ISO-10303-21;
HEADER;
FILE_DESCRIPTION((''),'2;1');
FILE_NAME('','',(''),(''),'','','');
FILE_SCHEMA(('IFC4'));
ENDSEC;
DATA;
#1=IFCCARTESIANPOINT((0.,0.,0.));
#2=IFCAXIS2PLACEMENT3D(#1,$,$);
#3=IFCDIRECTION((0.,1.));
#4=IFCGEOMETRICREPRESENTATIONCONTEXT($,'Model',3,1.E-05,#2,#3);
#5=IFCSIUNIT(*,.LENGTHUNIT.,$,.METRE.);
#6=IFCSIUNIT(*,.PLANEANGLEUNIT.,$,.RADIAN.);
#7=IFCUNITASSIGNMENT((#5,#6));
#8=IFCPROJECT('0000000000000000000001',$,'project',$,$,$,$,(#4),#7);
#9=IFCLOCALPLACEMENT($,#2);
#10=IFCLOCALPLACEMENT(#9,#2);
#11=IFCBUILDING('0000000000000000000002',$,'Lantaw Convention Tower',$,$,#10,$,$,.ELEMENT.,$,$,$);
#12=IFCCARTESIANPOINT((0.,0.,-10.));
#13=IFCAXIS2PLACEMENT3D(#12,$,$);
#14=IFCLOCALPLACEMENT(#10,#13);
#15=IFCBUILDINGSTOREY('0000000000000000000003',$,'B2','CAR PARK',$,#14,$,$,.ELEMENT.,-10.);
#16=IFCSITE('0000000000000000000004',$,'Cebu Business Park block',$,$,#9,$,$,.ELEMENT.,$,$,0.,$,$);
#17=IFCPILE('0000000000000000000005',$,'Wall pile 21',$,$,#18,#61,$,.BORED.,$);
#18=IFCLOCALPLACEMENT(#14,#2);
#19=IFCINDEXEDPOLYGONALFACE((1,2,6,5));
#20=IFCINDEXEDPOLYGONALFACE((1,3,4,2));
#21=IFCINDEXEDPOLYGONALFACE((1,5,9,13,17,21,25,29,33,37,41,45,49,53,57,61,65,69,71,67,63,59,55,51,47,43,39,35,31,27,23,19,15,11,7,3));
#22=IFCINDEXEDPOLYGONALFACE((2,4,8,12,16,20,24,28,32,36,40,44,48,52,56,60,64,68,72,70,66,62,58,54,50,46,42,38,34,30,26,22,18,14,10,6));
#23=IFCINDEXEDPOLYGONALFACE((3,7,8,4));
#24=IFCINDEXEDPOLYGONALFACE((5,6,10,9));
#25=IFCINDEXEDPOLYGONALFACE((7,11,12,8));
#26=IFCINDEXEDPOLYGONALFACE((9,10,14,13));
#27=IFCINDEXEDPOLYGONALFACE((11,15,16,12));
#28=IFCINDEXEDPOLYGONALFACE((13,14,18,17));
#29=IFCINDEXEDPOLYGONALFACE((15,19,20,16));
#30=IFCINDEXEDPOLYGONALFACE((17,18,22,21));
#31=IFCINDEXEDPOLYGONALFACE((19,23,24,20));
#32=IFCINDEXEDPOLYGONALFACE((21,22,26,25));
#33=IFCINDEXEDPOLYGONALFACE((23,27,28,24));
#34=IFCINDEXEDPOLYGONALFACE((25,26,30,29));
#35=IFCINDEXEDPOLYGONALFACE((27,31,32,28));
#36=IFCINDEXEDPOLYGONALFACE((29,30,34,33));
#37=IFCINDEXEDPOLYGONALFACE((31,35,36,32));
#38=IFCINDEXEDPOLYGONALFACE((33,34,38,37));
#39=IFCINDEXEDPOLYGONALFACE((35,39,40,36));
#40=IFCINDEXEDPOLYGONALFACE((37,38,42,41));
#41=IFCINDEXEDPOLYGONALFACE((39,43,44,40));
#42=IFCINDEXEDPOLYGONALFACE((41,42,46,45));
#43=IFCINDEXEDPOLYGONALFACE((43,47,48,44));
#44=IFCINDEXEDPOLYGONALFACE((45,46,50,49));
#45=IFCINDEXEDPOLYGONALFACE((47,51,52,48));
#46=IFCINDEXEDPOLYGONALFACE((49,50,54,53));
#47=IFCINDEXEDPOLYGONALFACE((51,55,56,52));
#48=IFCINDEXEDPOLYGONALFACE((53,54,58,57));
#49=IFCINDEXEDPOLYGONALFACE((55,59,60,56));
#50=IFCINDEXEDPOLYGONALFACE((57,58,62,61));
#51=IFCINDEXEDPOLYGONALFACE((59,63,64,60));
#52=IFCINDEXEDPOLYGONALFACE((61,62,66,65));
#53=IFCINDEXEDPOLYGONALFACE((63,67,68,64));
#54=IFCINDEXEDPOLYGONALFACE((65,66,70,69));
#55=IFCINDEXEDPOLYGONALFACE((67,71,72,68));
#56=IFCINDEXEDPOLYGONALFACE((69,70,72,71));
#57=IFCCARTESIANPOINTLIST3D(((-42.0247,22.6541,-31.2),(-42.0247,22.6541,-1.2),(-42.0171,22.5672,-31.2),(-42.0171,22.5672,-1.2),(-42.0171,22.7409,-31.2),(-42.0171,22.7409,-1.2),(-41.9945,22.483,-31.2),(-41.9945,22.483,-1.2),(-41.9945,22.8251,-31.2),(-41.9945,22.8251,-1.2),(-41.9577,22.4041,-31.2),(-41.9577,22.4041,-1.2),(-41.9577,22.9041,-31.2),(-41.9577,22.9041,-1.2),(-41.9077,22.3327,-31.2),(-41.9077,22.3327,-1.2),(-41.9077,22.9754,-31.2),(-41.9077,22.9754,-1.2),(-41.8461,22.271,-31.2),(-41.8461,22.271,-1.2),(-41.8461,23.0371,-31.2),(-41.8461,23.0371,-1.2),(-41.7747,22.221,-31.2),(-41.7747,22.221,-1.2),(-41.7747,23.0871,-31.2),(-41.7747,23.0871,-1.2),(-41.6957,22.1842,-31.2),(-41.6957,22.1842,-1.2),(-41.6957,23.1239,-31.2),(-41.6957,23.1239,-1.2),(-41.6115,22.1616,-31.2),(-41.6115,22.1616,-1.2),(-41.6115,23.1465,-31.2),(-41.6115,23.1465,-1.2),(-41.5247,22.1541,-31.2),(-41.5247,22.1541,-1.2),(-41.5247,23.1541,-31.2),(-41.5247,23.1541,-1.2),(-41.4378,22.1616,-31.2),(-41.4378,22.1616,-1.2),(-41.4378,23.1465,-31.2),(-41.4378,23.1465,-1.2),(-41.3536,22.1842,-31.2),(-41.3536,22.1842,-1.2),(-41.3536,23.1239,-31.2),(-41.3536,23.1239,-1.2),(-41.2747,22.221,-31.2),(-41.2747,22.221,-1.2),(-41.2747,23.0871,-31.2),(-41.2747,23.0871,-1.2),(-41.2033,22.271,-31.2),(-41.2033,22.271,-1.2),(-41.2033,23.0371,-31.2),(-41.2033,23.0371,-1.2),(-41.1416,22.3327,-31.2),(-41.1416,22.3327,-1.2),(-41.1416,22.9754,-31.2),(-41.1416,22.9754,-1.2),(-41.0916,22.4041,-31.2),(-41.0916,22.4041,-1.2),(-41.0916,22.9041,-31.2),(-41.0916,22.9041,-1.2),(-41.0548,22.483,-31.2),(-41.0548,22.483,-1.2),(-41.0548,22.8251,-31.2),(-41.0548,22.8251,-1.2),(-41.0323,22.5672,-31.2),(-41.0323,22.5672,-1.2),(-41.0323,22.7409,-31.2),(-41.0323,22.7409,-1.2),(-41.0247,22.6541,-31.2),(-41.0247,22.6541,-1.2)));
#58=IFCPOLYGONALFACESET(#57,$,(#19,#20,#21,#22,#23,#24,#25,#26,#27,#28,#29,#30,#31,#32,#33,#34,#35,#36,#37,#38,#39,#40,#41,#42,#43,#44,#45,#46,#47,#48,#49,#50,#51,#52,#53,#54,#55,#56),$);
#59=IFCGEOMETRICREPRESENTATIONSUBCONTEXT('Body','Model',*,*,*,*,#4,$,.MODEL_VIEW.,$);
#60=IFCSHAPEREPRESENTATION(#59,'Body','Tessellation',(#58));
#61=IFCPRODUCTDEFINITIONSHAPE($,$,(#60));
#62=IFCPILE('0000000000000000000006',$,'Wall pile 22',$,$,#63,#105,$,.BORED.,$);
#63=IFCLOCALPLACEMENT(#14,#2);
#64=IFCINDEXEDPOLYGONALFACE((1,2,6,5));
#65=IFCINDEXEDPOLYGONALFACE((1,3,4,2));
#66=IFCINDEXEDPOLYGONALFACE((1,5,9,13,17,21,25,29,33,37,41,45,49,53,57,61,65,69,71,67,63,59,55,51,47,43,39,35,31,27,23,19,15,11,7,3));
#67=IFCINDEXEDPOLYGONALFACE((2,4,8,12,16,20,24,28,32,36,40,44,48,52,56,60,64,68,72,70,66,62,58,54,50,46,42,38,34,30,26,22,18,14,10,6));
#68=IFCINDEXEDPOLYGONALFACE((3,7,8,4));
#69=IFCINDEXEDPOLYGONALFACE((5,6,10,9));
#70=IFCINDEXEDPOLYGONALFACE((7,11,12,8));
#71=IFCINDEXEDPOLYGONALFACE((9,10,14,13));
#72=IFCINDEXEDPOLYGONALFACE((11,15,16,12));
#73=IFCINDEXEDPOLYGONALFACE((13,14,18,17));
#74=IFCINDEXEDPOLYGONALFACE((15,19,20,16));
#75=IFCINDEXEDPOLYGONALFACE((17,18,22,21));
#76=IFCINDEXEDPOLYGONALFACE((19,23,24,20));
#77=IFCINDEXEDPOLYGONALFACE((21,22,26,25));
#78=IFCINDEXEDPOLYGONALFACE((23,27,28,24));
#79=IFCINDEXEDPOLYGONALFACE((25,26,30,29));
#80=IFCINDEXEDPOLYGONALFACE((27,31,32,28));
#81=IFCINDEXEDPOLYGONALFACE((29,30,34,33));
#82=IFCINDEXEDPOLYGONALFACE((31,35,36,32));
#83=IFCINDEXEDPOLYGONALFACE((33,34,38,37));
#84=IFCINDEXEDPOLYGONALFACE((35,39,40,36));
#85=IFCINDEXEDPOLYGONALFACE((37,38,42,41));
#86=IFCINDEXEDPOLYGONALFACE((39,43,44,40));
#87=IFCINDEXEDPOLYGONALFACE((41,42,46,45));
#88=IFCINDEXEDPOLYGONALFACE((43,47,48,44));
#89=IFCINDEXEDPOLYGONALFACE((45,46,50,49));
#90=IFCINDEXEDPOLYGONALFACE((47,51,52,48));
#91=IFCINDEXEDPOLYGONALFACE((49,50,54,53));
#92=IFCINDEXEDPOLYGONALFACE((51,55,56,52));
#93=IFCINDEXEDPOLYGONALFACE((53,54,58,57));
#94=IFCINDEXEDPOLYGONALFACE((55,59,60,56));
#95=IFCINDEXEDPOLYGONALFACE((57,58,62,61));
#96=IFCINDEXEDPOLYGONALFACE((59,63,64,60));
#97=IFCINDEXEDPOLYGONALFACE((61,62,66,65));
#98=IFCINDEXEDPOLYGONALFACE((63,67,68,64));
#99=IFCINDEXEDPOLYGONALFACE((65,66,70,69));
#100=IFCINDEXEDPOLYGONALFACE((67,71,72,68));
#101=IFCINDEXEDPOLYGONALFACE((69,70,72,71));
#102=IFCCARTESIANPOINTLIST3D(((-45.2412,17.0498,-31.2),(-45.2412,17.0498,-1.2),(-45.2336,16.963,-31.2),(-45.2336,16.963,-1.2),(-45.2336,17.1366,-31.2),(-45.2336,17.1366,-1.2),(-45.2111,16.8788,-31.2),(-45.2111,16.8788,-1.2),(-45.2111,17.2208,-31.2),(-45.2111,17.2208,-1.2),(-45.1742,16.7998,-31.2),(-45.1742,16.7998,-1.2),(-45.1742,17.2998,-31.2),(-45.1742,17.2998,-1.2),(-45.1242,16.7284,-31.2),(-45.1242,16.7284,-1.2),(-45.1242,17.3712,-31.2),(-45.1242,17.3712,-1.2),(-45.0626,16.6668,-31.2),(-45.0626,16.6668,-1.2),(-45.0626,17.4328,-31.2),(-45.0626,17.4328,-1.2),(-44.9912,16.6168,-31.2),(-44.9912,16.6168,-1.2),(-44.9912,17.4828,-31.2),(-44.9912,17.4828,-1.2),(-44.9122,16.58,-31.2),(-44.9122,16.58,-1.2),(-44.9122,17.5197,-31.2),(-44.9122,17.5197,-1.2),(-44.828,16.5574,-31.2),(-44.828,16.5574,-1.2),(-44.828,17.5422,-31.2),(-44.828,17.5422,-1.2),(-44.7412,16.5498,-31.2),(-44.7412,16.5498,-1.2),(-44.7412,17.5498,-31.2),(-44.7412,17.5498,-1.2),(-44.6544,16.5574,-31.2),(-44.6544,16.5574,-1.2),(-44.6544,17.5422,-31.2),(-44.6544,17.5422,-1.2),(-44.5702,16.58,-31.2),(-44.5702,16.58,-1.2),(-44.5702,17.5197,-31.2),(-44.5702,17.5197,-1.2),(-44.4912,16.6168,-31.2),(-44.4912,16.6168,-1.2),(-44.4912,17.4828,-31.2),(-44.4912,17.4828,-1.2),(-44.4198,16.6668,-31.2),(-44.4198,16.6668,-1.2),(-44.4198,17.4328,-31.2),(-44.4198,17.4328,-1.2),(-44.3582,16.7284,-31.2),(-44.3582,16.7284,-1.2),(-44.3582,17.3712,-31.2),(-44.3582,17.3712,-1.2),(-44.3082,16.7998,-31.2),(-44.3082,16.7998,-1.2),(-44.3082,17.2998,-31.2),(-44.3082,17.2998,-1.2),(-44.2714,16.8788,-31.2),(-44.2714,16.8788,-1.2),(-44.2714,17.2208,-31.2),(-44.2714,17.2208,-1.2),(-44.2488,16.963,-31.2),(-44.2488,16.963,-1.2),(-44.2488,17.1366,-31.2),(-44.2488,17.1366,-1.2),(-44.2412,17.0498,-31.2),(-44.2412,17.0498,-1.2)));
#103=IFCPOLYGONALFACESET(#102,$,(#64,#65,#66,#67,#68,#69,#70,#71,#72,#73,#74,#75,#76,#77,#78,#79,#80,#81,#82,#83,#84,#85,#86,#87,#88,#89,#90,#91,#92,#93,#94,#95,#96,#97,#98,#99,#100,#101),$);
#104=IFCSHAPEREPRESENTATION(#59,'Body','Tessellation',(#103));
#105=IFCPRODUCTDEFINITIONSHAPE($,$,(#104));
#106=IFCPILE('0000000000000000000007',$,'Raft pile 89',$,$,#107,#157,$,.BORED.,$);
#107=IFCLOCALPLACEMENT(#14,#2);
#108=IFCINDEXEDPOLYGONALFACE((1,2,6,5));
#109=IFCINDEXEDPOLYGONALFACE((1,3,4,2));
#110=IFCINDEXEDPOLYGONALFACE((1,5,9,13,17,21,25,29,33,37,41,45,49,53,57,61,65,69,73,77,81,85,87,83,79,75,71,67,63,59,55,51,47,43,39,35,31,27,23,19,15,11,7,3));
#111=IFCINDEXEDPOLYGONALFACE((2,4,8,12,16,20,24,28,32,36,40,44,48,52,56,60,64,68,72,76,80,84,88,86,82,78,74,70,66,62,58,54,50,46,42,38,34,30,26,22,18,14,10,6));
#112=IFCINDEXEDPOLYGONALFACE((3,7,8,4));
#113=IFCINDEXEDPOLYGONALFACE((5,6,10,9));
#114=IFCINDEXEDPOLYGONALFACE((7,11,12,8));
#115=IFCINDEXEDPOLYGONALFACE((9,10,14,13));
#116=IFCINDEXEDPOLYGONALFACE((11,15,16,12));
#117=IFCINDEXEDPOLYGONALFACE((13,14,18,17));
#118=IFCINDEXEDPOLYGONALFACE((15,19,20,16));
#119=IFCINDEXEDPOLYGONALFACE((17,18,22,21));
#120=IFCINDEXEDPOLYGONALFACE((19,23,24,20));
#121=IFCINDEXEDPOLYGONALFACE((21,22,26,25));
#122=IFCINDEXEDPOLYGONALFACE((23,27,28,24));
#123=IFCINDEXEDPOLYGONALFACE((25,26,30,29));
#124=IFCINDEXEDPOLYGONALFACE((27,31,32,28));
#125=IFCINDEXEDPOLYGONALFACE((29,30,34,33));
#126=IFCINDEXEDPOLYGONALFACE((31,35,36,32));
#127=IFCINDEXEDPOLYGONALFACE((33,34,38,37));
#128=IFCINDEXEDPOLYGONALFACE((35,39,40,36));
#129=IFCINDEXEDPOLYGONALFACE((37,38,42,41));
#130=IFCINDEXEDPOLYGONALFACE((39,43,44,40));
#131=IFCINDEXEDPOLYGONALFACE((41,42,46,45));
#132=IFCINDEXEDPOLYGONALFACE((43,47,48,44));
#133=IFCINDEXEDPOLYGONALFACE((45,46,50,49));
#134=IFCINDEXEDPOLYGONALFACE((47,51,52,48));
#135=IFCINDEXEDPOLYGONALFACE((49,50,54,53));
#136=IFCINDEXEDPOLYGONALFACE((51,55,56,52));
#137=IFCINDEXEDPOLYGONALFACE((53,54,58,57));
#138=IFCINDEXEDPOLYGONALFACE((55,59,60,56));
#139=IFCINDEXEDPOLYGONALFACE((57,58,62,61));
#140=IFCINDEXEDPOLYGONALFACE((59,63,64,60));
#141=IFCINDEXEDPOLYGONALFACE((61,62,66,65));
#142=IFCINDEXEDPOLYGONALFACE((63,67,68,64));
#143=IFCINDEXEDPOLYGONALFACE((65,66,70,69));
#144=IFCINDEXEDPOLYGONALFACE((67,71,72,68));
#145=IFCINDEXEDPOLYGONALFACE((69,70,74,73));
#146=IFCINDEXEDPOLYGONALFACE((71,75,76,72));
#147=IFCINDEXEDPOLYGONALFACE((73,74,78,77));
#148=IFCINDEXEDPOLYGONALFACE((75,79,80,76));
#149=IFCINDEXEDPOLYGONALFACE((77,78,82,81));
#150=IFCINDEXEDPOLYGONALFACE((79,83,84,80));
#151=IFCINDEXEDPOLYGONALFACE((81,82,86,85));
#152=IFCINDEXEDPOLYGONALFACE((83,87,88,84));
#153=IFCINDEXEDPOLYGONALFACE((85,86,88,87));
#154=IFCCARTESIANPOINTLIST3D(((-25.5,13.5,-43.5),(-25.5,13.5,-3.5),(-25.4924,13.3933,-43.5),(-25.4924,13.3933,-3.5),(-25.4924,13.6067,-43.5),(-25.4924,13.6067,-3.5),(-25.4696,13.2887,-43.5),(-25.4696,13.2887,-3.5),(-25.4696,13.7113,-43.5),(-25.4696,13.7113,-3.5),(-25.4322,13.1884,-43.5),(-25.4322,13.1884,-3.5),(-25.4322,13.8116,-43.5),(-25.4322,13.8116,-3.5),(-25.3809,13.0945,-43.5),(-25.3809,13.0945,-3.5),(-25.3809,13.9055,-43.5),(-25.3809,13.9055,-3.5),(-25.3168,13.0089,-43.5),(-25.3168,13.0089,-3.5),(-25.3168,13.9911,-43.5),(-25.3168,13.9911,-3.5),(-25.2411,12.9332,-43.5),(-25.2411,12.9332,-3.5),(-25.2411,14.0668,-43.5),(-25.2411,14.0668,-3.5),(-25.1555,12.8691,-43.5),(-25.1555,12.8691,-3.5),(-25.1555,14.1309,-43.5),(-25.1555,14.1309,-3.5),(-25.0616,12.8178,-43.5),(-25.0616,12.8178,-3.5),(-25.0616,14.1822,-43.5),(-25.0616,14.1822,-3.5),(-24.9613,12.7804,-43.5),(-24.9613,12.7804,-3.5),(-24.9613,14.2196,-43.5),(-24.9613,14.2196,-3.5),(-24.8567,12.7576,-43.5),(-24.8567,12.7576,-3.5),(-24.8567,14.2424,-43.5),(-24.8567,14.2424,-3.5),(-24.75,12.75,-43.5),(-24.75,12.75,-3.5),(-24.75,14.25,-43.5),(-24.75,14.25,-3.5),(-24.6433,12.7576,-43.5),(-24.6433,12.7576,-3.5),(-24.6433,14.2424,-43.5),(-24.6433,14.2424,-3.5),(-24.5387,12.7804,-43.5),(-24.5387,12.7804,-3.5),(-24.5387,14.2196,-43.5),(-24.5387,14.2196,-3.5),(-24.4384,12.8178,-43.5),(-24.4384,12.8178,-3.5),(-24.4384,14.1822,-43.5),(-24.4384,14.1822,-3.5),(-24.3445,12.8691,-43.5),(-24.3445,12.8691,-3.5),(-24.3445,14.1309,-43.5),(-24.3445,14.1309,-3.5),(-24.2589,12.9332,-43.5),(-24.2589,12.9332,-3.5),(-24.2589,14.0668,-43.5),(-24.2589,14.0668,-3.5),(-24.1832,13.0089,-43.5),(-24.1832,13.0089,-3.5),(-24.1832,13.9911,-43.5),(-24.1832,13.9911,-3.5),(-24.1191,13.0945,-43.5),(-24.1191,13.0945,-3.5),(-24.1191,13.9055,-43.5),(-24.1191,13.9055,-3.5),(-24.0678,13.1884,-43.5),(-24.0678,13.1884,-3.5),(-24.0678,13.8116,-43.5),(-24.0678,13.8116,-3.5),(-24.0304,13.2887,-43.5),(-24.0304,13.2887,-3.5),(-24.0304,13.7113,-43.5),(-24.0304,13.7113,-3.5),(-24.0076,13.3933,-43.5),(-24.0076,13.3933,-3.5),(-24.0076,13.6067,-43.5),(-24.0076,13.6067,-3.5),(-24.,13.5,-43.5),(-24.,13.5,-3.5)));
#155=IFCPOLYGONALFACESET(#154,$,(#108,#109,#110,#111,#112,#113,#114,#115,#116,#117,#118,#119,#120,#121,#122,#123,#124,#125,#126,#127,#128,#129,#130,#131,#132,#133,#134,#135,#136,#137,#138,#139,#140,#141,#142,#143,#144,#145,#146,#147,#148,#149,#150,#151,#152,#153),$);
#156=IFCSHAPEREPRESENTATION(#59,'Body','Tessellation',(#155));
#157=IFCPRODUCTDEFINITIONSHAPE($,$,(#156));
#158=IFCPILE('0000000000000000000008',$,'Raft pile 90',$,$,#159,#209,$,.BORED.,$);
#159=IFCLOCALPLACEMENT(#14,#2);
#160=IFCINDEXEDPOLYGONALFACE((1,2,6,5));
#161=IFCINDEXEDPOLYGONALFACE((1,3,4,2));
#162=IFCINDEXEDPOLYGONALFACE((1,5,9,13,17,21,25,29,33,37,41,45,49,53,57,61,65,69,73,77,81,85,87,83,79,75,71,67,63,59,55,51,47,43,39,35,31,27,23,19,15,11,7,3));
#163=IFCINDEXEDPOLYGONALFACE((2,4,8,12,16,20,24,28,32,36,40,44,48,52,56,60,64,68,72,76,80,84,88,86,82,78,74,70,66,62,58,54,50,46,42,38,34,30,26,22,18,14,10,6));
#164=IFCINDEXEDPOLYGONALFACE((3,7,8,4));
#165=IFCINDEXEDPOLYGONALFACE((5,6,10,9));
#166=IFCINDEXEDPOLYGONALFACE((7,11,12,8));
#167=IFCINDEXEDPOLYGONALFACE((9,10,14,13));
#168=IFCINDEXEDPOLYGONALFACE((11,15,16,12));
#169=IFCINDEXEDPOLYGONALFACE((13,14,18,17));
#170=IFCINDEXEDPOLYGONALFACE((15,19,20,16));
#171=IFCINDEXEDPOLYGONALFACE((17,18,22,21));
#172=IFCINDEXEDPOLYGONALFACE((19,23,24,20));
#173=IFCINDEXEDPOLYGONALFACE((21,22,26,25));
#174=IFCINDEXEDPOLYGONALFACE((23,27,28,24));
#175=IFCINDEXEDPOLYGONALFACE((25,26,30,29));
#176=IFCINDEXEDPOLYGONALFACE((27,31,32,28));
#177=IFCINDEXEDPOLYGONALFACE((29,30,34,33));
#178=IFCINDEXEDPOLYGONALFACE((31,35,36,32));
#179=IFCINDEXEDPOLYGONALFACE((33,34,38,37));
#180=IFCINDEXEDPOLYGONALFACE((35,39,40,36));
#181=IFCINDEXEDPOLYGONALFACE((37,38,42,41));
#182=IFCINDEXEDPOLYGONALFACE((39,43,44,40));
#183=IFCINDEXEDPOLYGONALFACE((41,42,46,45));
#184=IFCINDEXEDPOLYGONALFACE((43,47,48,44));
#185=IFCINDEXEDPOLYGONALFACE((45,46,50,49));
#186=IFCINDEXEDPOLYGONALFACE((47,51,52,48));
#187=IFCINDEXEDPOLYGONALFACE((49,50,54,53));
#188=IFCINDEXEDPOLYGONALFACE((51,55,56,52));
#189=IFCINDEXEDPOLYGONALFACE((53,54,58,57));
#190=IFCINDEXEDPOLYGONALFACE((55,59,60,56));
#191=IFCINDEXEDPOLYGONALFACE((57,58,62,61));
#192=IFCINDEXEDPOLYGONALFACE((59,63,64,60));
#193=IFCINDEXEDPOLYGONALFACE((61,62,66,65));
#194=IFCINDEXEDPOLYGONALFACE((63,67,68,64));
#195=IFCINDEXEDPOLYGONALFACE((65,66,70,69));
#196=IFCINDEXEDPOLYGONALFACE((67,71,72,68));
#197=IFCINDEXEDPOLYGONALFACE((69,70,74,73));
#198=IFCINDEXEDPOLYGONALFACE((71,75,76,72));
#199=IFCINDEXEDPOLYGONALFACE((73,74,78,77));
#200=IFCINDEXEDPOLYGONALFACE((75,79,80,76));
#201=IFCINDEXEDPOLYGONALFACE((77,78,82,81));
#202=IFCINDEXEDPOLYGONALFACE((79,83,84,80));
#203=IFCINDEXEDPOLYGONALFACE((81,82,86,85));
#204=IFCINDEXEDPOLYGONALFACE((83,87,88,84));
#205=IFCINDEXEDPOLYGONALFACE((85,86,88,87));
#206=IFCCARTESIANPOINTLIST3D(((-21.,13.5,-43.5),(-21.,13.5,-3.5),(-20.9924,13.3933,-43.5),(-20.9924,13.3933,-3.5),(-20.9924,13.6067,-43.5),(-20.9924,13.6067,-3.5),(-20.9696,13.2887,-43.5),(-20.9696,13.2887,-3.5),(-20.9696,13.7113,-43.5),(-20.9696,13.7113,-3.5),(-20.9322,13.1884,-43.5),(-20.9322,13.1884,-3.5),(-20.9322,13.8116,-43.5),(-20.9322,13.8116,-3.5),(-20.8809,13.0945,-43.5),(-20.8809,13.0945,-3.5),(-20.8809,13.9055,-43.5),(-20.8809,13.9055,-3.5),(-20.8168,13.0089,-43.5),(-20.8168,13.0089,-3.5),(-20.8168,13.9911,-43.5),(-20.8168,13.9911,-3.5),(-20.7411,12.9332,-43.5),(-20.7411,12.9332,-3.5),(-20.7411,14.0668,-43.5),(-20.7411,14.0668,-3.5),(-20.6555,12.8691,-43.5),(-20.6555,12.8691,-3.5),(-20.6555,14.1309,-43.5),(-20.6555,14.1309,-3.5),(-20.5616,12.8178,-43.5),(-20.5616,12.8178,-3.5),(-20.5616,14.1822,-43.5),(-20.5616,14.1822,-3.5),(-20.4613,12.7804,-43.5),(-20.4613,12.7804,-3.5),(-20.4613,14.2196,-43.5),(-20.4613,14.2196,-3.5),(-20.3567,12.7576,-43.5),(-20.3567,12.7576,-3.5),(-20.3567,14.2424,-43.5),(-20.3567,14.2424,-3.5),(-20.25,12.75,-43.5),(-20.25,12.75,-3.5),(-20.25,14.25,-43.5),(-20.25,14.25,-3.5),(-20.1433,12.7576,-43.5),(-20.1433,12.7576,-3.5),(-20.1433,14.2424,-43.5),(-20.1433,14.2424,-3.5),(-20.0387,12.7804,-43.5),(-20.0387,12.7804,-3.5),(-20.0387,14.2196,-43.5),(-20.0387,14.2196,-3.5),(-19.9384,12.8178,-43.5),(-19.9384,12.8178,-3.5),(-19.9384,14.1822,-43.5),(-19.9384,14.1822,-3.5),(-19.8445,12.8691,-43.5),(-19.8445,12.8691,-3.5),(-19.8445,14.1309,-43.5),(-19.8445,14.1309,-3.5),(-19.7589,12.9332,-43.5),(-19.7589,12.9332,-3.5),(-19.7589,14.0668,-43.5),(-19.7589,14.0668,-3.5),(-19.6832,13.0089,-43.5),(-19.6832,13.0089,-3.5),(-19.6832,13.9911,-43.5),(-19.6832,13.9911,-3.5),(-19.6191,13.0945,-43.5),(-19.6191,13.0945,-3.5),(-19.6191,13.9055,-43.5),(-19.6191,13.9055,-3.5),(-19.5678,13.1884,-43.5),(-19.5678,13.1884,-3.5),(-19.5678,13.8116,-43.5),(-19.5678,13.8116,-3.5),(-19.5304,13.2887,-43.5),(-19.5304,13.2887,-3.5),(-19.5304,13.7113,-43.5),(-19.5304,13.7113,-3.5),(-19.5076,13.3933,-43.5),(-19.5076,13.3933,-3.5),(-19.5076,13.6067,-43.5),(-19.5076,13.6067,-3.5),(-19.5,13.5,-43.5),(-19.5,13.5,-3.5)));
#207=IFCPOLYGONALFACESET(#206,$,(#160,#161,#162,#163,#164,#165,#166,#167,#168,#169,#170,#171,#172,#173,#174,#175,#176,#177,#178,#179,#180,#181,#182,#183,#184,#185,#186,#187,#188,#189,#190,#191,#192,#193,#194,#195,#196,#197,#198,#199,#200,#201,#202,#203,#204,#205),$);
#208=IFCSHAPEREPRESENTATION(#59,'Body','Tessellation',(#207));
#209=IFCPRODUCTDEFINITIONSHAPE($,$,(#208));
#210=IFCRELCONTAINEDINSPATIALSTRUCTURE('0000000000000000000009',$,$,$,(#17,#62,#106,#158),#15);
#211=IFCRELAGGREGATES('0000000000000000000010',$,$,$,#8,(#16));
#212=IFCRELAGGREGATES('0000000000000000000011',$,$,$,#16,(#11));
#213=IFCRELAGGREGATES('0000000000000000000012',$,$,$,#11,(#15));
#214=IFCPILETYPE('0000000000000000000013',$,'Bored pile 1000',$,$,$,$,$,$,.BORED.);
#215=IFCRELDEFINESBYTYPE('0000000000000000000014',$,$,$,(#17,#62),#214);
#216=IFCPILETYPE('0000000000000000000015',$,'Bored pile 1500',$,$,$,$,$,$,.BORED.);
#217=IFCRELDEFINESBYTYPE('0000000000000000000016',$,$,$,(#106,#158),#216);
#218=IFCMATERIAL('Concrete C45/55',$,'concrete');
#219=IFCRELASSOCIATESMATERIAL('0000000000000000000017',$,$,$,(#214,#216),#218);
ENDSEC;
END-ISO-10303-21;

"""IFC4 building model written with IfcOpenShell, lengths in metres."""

from ifc_helpers import new_model, si_unit, direction, frame, origin, origin_2d, place, context, subcontext, project, spatial, circle, extrude, material, material_profile, profile_set, type_object, element, save


model = new_model("IFC4")

# Units and contexts
model_context = context("Model", 3, precision=1e-05, world=origin(), true_north=direction((0.0, 1.0)))
body_context = subcontext(model_context, "Body", "Model", "MODEL_VIEW")
ifc_project = project(units=[si_unit("LENGTHUNIT", "METRE"), si_unit("PLANEANGLEUNIT", "RADIAN")], contexts=[model_context])

# Site, building, storey
site_placement = place(None, origin())
site = spatial("IfcSite", under=ifc_project, at=site_placement, Name="Cebu Business Park block", CompositionType="ELEMENT", RefElevation=0.0)
building_placement = place(site_placement, origin())
building = spatial("IfcBuilding", under=site, at=building_placement, Name="Lantaw Convention Tower", CompositionType="ELEMENT")
storey_placement = place(building_placement, frame((0.0, 0.0, -10.0)))
storey = spatial("IfcBuildingStorey", under=building, at=storey_placement, Name="B2", Description="CAR PARK", CompositionType="ELEMENT", Elevation=-10.0)

# Piles
ifc_material_1 = material(Name="Concrete C45/55", Category="concrete")
ifc_material_profile_1 = material_profile(ifc_material_1, circle(Radius=0.5, at=origin_2d()), Name="Bored pile 1000")
ifc_profile_set_1 = profile_set([ifc_material_profile_1], Name="Concrete C45/55")
pile_type_1 = type_object("IfcPileType", Name="Bored pile 1000", PredefinedType="BORED", material=ifc_profile_set_1)
for number, where, z_axis, x_axis, name in (
    (1, (-41.5247, 22.6541, -1.2), (0.0, 0.0, -1.0), (1.0, 0.0, 0.0), "Wall pile 21"),
    (2, (-44.7412, 17.0498, -1.2), (0.0, 0.0, -1.0), (1.0, 0.0, 0.0), "Wall pile 22"),
):
    element("IfcPile", number, at=place(storey_placement, frame(where, z_axis=z_axis, x_axis=x_axis)), inside=storey, type_object=pile_type_1, Name=name, PredefinedType="BORED", context=body_context, shape_type="SweptSolid", body=[
        extrude(circle(Radius=0.5, at=origin_2d()), origin(), (0.0, 0.0, 1.0), 30.0),
    ])
ifc_material_profile_2 = material_profile(ifc_material_1, circle(Radius=0.75, at=origin_2d()), Name="Bored pile 1500")
ifc_profile_set_2 = profile_set([ifc_material_profile_2], Name="Concrete C45/55")
pile_type_2 = type_object("IfcPileType", Name="Bored pile 1500", PredefinedType="BORED", material=ifc_profile_set_2)
for number, where, z_axis, x_axis, name in (
    (3, (-24.75, 13.5, -3.5), (0.0, 0.0, -1.0), (1.0, 0.0, 0.0), "Raft pile 89"),
    (4, (-20.25, 13.5, -3.5), (0.0, 0.0, -1.0), (1.0, 0.0, 0.0), "Raft pile 90"),
):
    element("IfcPile", number, at=place(storey_placement, frame(where, z_axis=z_axis, x_axis=x_axis)), inside=storey, type_object=pile_type_2, Name=name, PredefinedType="BORED", context=body_context, shape_type="SweptSolid", body=[
        extrude(circle(Radius=0.75, at=origin_2d()), origin(), (0.0, 0.0, 1.0), 40.0),
    ])

save(model, "model.ifc")
